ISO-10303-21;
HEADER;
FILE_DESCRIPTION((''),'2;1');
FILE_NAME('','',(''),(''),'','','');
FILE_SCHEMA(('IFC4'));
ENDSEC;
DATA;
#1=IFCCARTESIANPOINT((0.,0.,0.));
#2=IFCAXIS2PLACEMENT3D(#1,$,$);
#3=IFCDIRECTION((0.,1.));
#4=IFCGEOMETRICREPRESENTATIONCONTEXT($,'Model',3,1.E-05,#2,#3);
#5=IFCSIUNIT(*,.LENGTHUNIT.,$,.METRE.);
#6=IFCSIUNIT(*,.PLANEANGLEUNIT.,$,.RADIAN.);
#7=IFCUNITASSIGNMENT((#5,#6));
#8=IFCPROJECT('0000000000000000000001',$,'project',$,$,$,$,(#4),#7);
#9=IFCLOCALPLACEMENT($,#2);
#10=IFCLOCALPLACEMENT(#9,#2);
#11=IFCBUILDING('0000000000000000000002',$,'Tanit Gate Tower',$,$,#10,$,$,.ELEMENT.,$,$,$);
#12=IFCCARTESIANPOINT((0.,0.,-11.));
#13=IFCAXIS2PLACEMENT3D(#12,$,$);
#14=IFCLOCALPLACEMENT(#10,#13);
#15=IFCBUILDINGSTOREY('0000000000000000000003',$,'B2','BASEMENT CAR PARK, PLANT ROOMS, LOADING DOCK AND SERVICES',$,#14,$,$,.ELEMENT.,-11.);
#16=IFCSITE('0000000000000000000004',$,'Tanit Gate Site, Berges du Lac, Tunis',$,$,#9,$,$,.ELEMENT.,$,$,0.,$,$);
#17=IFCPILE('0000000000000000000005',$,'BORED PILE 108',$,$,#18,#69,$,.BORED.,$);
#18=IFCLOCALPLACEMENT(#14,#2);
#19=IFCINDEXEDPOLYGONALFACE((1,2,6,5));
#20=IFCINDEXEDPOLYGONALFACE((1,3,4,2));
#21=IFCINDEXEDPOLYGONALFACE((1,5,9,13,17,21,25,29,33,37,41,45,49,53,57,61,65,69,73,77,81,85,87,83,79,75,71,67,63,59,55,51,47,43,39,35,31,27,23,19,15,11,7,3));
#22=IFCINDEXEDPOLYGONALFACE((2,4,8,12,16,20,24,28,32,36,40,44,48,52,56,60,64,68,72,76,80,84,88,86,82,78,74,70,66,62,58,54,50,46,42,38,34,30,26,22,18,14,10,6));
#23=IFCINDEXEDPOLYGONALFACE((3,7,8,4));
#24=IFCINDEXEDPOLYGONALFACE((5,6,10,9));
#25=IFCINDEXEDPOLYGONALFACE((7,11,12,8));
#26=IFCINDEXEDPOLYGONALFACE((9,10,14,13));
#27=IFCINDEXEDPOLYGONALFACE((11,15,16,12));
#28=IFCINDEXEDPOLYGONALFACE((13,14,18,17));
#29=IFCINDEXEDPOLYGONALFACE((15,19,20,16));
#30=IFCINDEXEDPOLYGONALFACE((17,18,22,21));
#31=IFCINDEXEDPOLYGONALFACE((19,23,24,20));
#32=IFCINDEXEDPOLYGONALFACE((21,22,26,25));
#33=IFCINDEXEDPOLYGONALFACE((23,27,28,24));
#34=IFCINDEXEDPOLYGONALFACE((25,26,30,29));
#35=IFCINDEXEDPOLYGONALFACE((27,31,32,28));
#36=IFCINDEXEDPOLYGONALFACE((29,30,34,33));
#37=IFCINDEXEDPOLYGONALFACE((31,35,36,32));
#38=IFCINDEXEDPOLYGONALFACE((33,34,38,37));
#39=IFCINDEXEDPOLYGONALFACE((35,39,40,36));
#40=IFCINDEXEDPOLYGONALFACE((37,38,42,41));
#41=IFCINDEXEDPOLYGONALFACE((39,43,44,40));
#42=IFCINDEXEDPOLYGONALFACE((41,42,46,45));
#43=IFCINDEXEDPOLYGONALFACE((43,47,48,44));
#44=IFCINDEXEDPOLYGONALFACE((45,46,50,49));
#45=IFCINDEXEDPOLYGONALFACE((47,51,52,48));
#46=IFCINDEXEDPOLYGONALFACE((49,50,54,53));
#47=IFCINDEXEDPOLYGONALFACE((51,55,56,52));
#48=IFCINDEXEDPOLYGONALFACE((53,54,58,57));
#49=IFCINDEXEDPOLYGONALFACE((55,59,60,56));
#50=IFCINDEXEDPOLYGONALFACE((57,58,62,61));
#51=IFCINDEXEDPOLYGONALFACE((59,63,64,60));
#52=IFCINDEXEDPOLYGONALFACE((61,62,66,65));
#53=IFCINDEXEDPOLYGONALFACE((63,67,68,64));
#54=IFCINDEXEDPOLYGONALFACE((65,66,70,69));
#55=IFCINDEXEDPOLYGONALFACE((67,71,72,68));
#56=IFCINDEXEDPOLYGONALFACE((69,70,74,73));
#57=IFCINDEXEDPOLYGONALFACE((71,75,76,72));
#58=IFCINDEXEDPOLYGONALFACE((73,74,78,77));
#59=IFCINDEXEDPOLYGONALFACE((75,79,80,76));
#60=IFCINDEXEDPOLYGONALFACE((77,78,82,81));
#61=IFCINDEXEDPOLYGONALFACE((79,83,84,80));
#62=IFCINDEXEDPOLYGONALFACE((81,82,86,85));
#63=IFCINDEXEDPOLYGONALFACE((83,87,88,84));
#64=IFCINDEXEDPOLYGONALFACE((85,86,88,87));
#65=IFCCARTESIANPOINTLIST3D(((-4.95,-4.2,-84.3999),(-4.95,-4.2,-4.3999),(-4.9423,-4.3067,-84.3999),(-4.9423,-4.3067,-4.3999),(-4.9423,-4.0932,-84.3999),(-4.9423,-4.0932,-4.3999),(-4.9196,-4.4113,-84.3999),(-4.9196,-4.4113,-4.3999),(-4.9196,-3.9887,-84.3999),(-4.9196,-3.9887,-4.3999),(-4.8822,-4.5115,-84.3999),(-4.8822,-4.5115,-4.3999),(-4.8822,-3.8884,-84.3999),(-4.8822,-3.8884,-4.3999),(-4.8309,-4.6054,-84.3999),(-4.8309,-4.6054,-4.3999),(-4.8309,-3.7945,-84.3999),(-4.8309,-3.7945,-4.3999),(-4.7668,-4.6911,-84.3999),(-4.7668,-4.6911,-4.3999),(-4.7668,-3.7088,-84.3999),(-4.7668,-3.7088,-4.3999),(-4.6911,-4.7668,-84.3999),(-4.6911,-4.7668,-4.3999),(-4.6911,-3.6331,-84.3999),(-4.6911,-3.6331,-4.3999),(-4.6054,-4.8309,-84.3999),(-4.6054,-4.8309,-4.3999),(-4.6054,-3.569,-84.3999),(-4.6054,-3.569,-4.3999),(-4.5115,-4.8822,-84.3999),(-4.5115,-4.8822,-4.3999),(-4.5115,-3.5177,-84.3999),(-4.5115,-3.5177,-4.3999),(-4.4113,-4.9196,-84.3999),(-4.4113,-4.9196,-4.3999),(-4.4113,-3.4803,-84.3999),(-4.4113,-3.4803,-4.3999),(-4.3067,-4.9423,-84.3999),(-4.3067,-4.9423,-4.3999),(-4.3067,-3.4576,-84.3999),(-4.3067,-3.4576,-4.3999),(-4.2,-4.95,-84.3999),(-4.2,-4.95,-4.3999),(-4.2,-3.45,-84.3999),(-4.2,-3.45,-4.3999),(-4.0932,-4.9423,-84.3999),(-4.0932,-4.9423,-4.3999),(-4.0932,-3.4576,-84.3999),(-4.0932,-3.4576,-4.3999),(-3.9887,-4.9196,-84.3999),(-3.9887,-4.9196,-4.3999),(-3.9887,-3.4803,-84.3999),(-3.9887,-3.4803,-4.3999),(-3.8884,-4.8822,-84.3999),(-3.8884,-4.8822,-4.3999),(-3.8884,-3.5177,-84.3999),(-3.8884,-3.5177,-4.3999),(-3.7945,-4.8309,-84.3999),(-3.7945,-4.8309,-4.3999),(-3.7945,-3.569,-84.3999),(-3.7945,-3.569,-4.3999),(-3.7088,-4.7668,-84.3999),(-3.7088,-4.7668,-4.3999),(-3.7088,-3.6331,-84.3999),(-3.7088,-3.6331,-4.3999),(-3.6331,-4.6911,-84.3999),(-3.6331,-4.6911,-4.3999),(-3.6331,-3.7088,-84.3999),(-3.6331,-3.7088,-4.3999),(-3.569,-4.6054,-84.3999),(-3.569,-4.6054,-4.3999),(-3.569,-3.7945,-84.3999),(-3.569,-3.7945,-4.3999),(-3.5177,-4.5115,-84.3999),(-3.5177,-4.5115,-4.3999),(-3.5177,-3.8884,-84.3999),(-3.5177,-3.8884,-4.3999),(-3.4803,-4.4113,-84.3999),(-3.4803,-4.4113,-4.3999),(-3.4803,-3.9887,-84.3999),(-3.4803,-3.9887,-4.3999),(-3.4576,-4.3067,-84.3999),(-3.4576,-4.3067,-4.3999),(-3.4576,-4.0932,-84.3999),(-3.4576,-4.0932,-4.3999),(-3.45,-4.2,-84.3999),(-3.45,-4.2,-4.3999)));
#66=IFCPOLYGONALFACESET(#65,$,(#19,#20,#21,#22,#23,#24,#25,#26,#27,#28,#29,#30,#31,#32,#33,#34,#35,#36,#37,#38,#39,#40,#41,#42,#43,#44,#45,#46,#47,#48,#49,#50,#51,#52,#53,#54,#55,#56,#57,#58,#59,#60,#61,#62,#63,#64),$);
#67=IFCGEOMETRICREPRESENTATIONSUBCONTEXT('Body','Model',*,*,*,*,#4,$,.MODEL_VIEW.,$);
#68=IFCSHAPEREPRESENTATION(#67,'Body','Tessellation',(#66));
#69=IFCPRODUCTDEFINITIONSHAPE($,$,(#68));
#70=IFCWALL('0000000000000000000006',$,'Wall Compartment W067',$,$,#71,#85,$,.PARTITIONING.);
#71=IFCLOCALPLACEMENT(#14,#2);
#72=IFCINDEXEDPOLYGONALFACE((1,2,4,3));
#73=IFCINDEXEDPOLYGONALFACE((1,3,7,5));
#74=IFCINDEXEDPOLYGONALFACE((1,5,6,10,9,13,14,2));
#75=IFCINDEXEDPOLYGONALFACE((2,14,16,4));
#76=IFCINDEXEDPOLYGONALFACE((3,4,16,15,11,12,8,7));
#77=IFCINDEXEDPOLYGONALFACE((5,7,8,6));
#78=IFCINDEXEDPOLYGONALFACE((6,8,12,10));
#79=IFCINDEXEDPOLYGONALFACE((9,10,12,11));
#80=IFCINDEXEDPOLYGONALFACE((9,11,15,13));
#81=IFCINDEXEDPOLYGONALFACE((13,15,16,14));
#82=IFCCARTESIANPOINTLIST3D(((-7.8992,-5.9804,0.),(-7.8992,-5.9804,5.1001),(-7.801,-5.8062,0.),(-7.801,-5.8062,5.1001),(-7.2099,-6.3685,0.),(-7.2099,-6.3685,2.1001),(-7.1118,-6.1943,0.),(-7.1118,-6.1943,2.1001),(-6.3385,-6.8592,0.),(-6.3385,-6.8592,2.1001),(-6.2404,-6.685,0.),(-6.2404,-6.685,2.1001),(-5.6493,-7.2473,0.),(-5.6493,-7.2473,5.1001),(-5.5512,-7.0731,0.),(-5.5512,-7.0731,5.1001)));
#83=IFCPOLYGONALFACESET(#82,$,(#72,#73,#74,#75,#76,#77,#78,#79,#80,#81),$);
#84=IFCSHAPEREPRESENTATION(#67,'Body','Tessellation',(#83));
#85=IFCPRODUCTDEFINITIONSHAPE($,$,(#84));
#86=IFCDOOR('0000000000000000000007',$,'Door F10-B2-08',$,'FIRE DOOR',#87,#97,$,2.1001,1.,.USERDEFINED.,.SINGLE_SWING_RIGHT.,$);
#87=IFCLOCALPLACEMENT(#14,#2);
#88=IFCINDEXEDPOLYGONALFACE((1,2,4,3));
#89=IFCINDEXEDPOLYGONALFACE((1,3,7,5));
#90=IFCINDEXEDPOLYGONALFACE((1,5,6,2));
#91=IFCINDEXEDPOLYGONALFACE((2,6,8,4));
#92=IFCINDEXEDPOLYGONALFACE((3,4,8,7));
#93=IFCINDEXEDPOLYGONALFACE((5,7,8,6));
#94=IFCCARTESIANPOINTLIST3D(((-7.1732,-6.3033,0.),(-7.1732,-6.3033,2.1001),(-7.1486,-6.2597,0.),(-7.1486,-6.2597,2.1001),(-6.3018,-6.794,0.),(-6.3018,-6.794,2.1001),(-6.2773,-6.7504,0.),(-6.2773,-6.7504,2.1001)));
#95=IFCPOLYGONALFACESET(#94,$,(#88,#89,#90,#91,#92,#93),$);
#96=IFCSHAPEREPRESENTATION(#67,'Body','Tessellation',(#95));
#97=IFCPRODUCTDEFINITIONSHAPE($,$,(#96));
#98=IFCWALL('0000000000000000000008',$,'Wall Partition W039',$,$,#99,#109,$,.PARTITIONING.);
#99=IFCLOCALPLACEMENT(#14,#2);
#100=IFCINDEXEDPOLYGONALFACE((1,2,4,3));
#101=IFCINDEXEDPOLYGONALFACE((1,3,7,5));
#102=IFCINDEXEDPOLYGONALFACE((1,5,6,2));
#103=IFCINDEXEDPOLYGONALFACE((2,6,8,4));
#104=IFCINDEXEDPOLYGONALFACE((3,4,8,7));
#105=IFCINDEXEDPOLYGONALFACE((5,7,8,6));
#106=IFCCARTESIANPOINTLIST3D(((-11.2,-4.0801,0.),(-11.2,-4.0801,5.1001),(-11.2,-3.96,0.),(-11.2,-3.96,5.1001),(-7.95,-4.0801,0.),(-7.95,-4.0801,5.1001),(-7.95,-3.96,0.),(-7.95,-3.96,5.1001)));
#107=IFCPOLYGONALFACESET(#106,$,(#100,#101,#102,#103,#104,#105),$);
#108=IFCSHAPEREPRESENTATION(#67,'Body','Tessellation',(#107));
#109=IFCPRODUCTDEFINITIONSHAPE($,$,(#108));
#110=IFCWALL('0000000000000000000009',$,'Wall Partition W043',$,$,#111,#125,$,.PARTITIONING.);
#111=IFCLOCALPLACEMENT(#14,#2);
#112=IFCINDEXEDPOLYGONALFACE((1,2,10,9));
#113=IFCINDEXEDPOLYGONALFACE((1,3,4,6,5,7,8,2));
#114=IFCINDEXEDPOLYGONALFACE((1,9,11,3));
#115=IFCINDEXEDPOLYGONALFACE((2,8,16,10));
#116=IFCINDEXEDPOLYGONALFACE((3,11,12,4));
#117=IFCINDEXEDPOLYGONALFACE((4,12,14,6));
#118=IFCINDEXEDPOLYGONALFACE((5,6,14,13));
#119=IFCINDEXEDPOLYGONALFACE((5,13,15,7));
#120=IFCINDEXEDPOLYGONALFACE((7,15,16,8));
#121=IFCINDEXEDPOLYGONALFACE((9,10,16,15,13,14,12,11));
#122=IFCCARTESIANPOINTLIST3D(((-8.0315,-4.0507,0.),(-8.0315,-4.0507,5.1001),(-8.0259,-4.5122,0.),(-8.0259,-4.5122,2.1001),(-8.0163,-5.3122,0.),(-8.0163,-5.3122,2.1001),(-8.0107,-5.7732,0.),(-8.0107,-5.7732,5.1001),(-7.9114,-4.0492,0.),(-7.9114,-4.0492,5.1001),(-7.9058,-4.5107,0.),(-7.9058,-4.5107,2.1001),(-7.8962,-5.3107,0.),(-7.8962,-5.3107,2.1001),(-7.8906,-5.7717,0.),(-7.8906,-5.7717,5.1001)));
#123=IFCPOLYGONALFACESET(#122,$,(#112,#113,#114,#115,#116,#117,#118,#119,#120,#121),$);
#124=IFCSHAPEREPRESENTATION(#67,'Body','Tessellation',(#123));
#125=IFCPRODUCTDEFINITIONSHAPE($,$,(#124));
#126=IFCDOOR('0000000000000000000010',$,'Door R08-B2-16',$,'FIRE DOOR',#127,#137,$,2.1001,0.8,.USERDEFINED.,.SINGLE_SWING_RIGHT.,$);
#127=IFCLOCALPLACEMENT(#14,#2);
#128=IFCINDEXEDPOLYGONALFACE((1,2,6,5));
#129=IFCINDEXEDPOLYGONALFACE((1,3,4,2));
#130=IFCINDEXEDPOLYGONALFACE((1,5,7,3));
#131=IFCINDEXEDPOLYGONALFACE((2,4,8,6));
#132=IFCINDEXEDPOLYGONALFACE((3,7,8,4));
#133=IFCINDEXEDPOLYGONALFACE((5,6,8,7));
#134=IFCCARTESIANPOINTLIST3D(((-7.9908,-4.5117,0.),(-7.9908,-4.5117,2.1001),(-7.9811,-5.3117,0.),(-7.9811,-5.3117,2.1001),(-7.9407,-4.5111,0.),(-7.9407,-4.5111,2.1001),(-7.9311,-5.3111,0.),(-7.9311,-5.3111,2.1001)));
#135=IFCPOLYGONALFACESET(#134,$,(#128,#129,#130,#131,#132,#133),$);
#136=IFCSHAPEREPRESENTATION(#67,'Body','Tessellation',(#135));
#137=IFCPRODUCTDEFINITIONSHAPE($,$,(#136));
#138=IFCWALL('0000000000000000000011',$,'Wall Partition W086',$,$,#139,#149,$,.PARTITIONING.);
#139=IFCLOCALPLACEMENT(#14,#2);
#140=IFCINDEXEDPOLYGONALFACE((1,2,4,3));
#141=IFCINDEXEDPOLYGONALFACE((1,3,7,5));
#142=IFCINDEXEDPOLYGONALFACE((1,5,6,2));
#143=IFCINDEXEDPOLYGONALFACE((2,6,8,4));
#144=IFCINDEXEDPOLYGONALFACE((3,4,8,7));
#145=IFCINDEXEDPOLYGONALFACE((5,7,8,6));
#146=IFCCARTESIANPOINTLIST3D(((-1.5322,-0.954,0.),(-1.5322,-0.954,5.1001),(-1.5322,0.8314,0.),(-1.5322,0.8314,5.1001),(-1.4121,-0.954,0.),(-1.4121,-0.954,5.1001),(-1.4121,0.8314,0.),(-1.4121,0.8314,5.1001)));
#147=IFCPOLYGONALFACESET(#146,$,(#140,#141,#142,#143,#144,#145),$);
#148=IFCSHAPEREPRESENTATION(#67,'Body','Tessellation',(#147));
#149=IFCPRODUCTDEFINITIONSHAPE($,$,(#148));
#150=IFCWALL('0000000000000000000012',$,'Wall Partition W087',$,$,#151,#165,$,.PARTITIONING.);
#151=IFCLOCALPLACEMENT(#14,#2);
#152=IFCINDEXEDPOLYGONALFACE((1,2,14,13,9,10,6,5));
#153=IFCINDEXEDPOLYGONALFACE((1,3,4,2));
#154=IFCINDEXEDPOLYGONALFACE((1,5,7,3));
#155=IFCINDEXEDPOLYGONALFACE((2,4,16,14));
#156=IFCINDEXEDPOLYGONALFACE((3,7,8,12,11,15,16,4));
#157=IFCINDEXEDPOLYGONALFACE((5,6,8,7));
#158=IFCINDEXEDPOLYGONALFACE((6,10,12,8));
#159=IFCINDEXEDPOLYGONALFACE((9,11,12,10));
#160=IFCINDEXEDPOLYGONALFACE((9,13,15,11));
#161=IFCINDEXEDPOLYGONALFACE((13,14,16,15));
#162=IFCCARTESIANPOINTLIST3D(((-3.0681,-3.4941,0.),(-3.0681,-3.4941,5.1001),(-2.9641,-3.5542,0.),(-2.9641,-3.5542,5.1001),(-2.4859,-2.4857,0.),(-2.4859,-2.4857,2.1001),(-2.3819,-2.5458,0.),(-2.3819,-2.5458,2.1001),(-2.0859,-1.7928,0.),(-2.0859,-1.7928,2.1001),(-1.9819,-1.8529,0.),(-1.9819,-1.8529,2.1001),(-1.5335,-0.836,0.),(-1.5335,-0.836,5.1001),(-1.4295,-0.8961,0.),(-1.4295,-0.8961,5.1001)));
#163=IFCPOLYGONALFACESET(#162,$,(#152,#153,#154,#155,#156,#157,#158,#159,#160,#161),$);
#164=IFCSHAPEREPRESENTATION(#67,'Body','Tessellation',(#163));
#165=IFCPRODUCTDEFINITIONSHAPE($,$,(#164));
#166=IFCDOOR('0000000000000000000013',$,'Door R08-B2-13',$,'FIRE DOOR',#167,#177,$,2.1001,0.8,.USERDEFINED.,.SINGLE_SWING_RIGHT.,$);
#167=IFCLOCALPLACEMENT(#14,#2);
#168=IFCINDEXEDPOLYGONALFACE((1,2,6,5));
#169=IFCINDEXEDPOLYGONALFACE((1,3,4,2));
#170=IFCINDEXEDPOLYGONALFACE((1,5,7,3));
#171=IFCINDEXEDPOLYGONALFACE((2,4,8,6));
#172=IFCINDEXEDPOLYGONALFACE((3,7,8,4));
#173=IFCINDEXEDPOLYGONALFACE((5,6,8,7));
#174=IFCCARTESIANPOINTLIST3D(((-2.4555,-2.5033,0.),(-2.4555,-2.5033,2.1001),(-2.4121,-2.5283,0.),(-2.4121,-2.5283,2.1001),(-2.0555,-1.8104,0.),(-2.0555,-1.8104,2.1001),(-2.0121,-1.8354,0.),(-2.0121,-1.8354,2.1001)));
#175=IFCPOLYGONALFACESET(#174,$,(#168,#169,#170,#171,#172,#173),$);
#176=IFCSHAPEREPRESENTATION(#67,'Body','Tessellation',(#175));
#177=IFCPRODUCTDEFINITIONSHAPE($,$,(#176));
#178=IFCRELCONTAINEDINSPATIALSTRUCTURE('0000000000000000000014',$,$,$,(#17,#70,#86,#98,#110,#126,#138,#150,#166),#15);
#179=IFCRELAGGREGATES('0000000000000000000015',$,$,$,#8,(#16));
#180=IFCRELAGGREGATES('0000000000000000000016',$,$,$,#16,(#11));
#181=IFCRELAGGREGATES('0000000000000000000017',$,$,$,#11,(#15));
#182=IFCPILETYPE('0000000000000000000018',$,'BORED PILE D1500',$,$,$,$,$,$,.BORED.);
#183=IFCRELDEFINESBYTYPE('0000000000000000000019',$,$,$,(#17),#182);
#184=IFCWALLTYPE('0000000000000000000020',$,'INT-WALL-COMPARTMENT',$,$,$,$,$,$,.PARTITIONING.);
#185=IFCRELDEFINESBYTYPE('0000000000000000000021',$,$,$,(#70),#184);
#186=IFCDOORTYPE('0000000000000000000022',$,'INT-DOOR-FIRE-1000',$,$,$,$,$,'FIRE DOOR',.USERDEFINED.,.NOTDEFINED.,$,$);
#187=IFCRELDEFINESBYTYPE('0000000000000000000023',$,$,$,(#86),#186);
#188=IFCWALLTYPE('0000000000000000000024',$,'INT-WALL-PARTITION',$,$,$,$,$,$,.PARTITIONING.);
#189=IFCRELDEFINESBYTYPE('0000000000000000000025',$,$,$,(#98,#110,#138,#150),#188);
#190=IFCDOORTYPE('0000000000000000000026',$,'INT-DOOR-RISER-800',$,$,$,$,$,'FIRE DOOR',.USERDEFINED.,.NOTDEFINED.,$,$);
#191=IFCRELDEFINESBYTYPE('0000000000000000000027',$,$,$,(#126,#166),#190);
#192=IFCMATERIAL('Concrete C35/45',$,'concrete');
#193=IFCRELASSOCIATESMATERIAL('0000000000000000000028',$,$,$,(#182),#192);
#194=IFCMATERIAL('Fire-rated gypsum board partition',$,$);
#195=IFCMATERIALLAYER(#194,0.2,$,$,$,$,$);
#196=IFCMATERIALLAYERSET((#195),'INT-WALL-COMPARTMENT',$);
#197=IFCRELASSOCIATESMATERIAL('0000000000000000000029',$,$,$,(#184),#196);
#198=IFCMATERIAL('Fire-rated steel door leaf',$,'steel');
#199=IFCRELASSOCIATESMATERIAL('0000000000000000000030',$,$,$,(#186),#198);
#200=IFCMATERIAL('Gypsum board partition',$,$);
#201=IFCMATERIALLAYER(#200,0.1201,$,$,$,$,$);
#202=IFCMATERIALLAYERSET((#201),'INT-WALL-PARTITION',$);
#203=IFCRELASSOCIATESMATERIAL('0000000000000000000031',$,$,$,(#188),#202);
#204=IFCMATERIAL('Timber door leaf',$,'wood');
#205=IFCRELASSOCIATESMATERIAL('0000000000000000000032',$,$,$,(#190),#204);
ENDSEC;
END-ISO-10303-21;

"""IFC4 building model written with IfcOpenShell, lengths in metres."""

from ifc_helpers import new_model, si_unit, direction, frame, frame_2d, origin, origin_2d, place, context, subcontext, project, spatial, rectangle, circle, extrude, material, layer, layer_set, material_profile, profile_set, type_object, element, fill, save


model = new_model("IFC4")

# Units and contexts
model_context = context("Model", 3, precision=1e-05, world=origin(), true_north=direction((0.0, 1.0)))
body_context = subcontext(model_context, "Body", "Model", "MODEL_VIEW")
ifc_project = project(units=[si_unit("LENGTHUNIT", "METRE"), si_unit("PLANEANGLEUNIT", "RADIAN")], contexts=[model_context])

# Site, building, storey
site_placement = place(None, origin())
site = spatial("IfcSite", under=ifc_project, at=site_placement, Name="Tanit Gate Site, Berges du Lac, Tunis", CompositionType="ELEMENT", RefElevation=0.0)
building_placement = place(site_placement, origin())
building = spatial("IfcBuilding", under=site, at=building_placement, Name="Tanit Gate Tower", CompositionType="ELEMENT")
storey_placement = place(building_placement, frame((0.0, 0.0, -11.0)))
storey = spatial("IfcBuildingStorey", under=building, at=storey_placement, Name="B2", Description="BASEMENT CAR PARK, PLANT ROOMS, LOADING DOCK AND SERVICES", CompositionType="ELEMENT", Elevation=-11.0)

# Pile
ifc_material_1 = material(Name="Concrete C35/45", Category="concrete")
ifc_material_profile = material_profile(ifc_material_1, circle(Radius=0.75, at=origin_2d()), Name="BORED PILE D1500 C35/45")
ifc_profile_set = profile_set([ifc_material_profile], Name="Concrete C35/45")
pile_type = type_object("IfcPileType", Name="BORED PILE D1500", PredefinedType="BORED", material=ifc_profile_set)
pile_placement = place(storey_placement, frame((-4.2, -4.2, -4.3999), z_axis=(0.0, 0.0, -1.0), x_axis=(1.0, 0.0, 0.0)))
element("IfcPile", 1, at=pile_placement, inside=storey, type_object=pile_type, Name="BORED PILE 108", PredefinedType="BORED", context=body_context, shape_type="SweptSolid", body=[
    extrude(circle(Radius=0.75, at=origin_2d()), origin(), (0.0, 0.0, 1.0), 80.0),
])

# Wall, opening, door
ifc_material_2 = material(Name="Fire-rated gypsum board partition")
ifc_layer_1 = layer(ifc_material_2, 0.2)
ifc_layer_set_1 = layer_set([ifc_layer_1], Name="INT-WALL-COMPARTMENT")
wall_type_1 = type_object("IfcWallType", Name="INT-WALL-COMPARTMENT", PredefinedType="PARTITIONING", material=ifc_layer_set_1)
wall_1_placement = place(storey_placement, frame((-7.8501, -5.8933, 0.0), z_axis=(0.0, 0.0, 1.0), x_axis=(0.871351, -0.490661, 0.0)))
wall_1 = element("IfcWall", 2, at=wall_1_placement, inside=storey, type_object=wall_type_1, Name="Wall Compartment W067", PredefinedType="PARTITIONING", context=body_context, shape_type="SweptSolid", body=[
    extrude(rectangle(XDim=2.582, YDim=0.2, at=frame_2d((1.291, 0.0))), origin(), (0.0, 0.0, 1.0), 5.1001),
])
opening_1_placement = place(wall_1_placement, frame((0.791, 0.0, 0.0)))
opening_1 = element("IfcOpeningElement", 3, at=opening_1_placement, cuts=wall_1, PredefinedType="OPENING", context=body_context, shape_type="SweptSolid", body=[
    extrude(rectangle(XDim=1.0, YDim=2.1001, at=frame_2d((0.5, 1.05))), frame((0.0, 0.1099, 0.0), z_axis=(0.0, -1.0, 0.0), x_axis=(1.0, 0.0, 0.0)), (0.0, 0.0, 1.0), 0.22),
])
ifc_material_3 = material(Name="Fire-rated steel door leaf", Category="steel")
door_type_1 = type_object("IfcDoorType", Name="INT-DOOR-FIRE-1000", ElementType="FIRE DOOR", OperationType="NOTDEFINED", PredefinedType="USERDEFINED", material=ifc_material_3)
door_1_placement = place(opening_1_placement, origin())
door_1 = element("IfcDoor", 4, at=door_1_placement, inside=storey, type_object=door_type_1, Name="Door F10-B2-08", ObjectType="FIRE DOOR", OperationType="SINGLE_SWING_RIGHT", OverallHeight=2.1001, OverallWidth=1.0, PredefinedType="USERDEFINED", context=body_context, shape_type="SweptSolid", body=[
    extrude(rectangle(XDim=1.0, YDim=2.1001, at=frame_2d((0.5, 1.05))), frame((0.0, 0.0249, 0.0), z_axis=(0.0, -1.0, 0.0), x_axis=(1.0, 0.0, 0.0)), (0.0, 0.0, 1.0), 0.05),
])
fill(opening_1, door_1)

# Wall
ifc_material_4 = material(Name="Gypsum board partition")
ifc_layer_2 = layer(ifc_material_4, 0.1201)
ifc_layer_set_2 = layer_set([ifc_layer_2], Name="INT-WALL-PARTITION")
wall_type_2 = type_object("IfcWallType", Name="INT-WALL-PARTITION", PredefinedType="PARTITIONING", material=ifc_layer_set_2)
wall_2_placement = place(storey_placement, frame((-7.95, -4.02, 0.0), z_axis=(0.0, 0.0, 1.0), x_axis=(-1.0, 0.0, 0.0)))
element("IfcWall", 5, at=wall_2_placement, inside=storey, type_object=wall_type_2, Name="Wall Partition W039", PredefinedType="PARTITIONING", context=body_context, shape_type="SweptSolid", body=[
    extrude(rectangle(XDim=3.25, YDim=0.1201, at=frame_2d((1.625, 0.0))), origin(), (0.0, 0.0, 1.0), 5.1001),
])

# Wall, opening, door
wall_3_placement = place(storey_placement, frame((-7.9507, -5.7725, 0.0), z_axis=(0.0, 0.0, 1.0), x_axis=(-0.012047, 0.999927, 0.0)))
wall_3 = element("IfcWall", 6, at=wall_3_placement, inside=storey, type_object=wall_type_2, Name="Wall Partition W043", PredefinedType="PARTITIONING", context=body_context, shape_type="SweptSolid", body=[
    extrude(rectangle(XDim=1.7227, YDim=0.1201, at=frame_2d((0.8613, 0.0))), origin(), (0.0, 0.0, 1.0), 5.1001),
])
opening_2_placement = place(wall_3_placement, frame((0.4612, 0.0, 0.0)))
opening_2 = element("IfcOpeningElement", 7, at=opening_2_placement, cuts=wall_3, PredefinedType="OPENING", context=body_context, shape_type="SweptSolid", body=[
    extrude(rectangle(XDim=0.8, YDim=2.1001, at=frame_2d((0.3999, 1.05))), frame((0.0, 0.0701, 0.0), z_axis=(0.0, -1.0, 0.0), x_axis=(1.0, 0.0, 0.0)), (0.0, 0.0, 1.0), 0.1401),
])
ifc_material_5 = material(Name="Timber door leaf", Category="wood")
door_type_2 = type_object("IfcDoorType", Name="INT-DOOR-RISER-800", ElementType="FIRE DOOR", OperationType="NOTDEFINED", PredefinedType="USERDEFINED", material=ifc_material_5)
door_2_placement = place(opening_2_placement, origin())
door_2 = element("IfcDoor", 8, at=door_2_placement, inside=storey, type_object=door_type_2, Name="Door R08-B2-16", ObjectType="FIRE DOOR", OperationType="SINGLE_SWING_RIGHT", OverallHeight=2.1001, OverallWidth=0.8, PredefinedType="USERDEFINED", context=body_context, shape_type="SweptSolid", body=[
    extrude(rectangle(XDim=0.8, YDim=2.1001, at=frame_2d((0.3999, 1.05))), frame((0.0, 0.0249, 0.0), z_axis=(0.0, -1.0, 0.0), x_axis=(1.0, 0.0, 0.0)), (0.0, 0.0, 1.0), 0.05),
])
fill(opening_2, door_2)

# Wall
wall_4_placement = place(storey_placement, frame((-1.4722, -0.9539, 0.0), z_axis=(0.0, 0.0, 1.0), x_axis=(0.0, 1.0, 0.0)))
element("IfcWall", 9, at=wall_4_placement, inside=storey, type_object=wall_type_2, Name="Wall Partition W086", PredefinedType="PARTITIONING", context=body_context, shape_type="SweptSolid", body=[
    extrude(rectangle(XDim=1.7854, YDim=0.1201, at=frame_2d((0.8926, 0.0))), origin(), (0.0, 0.0, 1.0), 5.1001),
])

# Wall, opening, door
wall_5_placement = place(storey_placement, frame((-3.0161, -3.5242, 0.0), z_axis=(0.0, 0.0, 1.0), x_axis=(0.499989, 0.866032, 0.0)))
wall_5 = element("IfcWall", 10, at=wall_5_placement, inside=storey, type_object=wall_type_2, Name="Wall Partition W087", PredefinedType="PARTITIONING", context=body_context, shape_type="SweptSolid", body=[
    extrude(rectangle(XDim=3.0693, YDim=0.1201, at=frame_2d((1.5347, 0.0))), origin(), (0.0, 0.0, 1.0), 5.1001),
])
opening_3_placement = place(wall_5_placement, frame((1.1646, 0.0, 0.0)))
opening_3 = element("IfcOpeningElement", 11, at=opening_3_placement, cuts=wall_5, PredefinedType="OPENING", context=body_context, shape_type="SweptSolid", body=[
    extrude(rectangle(XDim=0.8, YDim=2.1001, at=frame_2d((0.3999, 1.05))), frame((0.0, 0.0701, 0.0), z_axis=(0.0, -1.0, 0.0), x_axis=(1.0, 0.0, 0.0)), (0.0, 0.0, 1.0), 0.1401),
])
door_3_placement = place(opening_3_placement, origin())
door_3 = element("IfcDoor", 12, at=door_3_placement, inside=storey, type_object=door_type_2, Name="Door R08-B2-13", ObjectType="FIRE DOOR", OperationType="SINGLE_SWING_RIGHT", OverallHeight=2.1001, OverallWidth=0.8, PredefinedType="USERDEFINED", context=body_context, shape_type="SweptSolid", body=[
    extrude(rectangle(XDim=0.8, YDim=2.1001, at=frame_2d((0.3999, 1.05))), frame((0.0, 0.0249, 0.0), z_axis=(0.0, -1.0, 0.0), x_axis=(1.0, 0.0, 0.0)), (0.0, 0.0, 1.0), 0.05),
])
fill(opening_3, door_3)

save(model, "model.ifc")
